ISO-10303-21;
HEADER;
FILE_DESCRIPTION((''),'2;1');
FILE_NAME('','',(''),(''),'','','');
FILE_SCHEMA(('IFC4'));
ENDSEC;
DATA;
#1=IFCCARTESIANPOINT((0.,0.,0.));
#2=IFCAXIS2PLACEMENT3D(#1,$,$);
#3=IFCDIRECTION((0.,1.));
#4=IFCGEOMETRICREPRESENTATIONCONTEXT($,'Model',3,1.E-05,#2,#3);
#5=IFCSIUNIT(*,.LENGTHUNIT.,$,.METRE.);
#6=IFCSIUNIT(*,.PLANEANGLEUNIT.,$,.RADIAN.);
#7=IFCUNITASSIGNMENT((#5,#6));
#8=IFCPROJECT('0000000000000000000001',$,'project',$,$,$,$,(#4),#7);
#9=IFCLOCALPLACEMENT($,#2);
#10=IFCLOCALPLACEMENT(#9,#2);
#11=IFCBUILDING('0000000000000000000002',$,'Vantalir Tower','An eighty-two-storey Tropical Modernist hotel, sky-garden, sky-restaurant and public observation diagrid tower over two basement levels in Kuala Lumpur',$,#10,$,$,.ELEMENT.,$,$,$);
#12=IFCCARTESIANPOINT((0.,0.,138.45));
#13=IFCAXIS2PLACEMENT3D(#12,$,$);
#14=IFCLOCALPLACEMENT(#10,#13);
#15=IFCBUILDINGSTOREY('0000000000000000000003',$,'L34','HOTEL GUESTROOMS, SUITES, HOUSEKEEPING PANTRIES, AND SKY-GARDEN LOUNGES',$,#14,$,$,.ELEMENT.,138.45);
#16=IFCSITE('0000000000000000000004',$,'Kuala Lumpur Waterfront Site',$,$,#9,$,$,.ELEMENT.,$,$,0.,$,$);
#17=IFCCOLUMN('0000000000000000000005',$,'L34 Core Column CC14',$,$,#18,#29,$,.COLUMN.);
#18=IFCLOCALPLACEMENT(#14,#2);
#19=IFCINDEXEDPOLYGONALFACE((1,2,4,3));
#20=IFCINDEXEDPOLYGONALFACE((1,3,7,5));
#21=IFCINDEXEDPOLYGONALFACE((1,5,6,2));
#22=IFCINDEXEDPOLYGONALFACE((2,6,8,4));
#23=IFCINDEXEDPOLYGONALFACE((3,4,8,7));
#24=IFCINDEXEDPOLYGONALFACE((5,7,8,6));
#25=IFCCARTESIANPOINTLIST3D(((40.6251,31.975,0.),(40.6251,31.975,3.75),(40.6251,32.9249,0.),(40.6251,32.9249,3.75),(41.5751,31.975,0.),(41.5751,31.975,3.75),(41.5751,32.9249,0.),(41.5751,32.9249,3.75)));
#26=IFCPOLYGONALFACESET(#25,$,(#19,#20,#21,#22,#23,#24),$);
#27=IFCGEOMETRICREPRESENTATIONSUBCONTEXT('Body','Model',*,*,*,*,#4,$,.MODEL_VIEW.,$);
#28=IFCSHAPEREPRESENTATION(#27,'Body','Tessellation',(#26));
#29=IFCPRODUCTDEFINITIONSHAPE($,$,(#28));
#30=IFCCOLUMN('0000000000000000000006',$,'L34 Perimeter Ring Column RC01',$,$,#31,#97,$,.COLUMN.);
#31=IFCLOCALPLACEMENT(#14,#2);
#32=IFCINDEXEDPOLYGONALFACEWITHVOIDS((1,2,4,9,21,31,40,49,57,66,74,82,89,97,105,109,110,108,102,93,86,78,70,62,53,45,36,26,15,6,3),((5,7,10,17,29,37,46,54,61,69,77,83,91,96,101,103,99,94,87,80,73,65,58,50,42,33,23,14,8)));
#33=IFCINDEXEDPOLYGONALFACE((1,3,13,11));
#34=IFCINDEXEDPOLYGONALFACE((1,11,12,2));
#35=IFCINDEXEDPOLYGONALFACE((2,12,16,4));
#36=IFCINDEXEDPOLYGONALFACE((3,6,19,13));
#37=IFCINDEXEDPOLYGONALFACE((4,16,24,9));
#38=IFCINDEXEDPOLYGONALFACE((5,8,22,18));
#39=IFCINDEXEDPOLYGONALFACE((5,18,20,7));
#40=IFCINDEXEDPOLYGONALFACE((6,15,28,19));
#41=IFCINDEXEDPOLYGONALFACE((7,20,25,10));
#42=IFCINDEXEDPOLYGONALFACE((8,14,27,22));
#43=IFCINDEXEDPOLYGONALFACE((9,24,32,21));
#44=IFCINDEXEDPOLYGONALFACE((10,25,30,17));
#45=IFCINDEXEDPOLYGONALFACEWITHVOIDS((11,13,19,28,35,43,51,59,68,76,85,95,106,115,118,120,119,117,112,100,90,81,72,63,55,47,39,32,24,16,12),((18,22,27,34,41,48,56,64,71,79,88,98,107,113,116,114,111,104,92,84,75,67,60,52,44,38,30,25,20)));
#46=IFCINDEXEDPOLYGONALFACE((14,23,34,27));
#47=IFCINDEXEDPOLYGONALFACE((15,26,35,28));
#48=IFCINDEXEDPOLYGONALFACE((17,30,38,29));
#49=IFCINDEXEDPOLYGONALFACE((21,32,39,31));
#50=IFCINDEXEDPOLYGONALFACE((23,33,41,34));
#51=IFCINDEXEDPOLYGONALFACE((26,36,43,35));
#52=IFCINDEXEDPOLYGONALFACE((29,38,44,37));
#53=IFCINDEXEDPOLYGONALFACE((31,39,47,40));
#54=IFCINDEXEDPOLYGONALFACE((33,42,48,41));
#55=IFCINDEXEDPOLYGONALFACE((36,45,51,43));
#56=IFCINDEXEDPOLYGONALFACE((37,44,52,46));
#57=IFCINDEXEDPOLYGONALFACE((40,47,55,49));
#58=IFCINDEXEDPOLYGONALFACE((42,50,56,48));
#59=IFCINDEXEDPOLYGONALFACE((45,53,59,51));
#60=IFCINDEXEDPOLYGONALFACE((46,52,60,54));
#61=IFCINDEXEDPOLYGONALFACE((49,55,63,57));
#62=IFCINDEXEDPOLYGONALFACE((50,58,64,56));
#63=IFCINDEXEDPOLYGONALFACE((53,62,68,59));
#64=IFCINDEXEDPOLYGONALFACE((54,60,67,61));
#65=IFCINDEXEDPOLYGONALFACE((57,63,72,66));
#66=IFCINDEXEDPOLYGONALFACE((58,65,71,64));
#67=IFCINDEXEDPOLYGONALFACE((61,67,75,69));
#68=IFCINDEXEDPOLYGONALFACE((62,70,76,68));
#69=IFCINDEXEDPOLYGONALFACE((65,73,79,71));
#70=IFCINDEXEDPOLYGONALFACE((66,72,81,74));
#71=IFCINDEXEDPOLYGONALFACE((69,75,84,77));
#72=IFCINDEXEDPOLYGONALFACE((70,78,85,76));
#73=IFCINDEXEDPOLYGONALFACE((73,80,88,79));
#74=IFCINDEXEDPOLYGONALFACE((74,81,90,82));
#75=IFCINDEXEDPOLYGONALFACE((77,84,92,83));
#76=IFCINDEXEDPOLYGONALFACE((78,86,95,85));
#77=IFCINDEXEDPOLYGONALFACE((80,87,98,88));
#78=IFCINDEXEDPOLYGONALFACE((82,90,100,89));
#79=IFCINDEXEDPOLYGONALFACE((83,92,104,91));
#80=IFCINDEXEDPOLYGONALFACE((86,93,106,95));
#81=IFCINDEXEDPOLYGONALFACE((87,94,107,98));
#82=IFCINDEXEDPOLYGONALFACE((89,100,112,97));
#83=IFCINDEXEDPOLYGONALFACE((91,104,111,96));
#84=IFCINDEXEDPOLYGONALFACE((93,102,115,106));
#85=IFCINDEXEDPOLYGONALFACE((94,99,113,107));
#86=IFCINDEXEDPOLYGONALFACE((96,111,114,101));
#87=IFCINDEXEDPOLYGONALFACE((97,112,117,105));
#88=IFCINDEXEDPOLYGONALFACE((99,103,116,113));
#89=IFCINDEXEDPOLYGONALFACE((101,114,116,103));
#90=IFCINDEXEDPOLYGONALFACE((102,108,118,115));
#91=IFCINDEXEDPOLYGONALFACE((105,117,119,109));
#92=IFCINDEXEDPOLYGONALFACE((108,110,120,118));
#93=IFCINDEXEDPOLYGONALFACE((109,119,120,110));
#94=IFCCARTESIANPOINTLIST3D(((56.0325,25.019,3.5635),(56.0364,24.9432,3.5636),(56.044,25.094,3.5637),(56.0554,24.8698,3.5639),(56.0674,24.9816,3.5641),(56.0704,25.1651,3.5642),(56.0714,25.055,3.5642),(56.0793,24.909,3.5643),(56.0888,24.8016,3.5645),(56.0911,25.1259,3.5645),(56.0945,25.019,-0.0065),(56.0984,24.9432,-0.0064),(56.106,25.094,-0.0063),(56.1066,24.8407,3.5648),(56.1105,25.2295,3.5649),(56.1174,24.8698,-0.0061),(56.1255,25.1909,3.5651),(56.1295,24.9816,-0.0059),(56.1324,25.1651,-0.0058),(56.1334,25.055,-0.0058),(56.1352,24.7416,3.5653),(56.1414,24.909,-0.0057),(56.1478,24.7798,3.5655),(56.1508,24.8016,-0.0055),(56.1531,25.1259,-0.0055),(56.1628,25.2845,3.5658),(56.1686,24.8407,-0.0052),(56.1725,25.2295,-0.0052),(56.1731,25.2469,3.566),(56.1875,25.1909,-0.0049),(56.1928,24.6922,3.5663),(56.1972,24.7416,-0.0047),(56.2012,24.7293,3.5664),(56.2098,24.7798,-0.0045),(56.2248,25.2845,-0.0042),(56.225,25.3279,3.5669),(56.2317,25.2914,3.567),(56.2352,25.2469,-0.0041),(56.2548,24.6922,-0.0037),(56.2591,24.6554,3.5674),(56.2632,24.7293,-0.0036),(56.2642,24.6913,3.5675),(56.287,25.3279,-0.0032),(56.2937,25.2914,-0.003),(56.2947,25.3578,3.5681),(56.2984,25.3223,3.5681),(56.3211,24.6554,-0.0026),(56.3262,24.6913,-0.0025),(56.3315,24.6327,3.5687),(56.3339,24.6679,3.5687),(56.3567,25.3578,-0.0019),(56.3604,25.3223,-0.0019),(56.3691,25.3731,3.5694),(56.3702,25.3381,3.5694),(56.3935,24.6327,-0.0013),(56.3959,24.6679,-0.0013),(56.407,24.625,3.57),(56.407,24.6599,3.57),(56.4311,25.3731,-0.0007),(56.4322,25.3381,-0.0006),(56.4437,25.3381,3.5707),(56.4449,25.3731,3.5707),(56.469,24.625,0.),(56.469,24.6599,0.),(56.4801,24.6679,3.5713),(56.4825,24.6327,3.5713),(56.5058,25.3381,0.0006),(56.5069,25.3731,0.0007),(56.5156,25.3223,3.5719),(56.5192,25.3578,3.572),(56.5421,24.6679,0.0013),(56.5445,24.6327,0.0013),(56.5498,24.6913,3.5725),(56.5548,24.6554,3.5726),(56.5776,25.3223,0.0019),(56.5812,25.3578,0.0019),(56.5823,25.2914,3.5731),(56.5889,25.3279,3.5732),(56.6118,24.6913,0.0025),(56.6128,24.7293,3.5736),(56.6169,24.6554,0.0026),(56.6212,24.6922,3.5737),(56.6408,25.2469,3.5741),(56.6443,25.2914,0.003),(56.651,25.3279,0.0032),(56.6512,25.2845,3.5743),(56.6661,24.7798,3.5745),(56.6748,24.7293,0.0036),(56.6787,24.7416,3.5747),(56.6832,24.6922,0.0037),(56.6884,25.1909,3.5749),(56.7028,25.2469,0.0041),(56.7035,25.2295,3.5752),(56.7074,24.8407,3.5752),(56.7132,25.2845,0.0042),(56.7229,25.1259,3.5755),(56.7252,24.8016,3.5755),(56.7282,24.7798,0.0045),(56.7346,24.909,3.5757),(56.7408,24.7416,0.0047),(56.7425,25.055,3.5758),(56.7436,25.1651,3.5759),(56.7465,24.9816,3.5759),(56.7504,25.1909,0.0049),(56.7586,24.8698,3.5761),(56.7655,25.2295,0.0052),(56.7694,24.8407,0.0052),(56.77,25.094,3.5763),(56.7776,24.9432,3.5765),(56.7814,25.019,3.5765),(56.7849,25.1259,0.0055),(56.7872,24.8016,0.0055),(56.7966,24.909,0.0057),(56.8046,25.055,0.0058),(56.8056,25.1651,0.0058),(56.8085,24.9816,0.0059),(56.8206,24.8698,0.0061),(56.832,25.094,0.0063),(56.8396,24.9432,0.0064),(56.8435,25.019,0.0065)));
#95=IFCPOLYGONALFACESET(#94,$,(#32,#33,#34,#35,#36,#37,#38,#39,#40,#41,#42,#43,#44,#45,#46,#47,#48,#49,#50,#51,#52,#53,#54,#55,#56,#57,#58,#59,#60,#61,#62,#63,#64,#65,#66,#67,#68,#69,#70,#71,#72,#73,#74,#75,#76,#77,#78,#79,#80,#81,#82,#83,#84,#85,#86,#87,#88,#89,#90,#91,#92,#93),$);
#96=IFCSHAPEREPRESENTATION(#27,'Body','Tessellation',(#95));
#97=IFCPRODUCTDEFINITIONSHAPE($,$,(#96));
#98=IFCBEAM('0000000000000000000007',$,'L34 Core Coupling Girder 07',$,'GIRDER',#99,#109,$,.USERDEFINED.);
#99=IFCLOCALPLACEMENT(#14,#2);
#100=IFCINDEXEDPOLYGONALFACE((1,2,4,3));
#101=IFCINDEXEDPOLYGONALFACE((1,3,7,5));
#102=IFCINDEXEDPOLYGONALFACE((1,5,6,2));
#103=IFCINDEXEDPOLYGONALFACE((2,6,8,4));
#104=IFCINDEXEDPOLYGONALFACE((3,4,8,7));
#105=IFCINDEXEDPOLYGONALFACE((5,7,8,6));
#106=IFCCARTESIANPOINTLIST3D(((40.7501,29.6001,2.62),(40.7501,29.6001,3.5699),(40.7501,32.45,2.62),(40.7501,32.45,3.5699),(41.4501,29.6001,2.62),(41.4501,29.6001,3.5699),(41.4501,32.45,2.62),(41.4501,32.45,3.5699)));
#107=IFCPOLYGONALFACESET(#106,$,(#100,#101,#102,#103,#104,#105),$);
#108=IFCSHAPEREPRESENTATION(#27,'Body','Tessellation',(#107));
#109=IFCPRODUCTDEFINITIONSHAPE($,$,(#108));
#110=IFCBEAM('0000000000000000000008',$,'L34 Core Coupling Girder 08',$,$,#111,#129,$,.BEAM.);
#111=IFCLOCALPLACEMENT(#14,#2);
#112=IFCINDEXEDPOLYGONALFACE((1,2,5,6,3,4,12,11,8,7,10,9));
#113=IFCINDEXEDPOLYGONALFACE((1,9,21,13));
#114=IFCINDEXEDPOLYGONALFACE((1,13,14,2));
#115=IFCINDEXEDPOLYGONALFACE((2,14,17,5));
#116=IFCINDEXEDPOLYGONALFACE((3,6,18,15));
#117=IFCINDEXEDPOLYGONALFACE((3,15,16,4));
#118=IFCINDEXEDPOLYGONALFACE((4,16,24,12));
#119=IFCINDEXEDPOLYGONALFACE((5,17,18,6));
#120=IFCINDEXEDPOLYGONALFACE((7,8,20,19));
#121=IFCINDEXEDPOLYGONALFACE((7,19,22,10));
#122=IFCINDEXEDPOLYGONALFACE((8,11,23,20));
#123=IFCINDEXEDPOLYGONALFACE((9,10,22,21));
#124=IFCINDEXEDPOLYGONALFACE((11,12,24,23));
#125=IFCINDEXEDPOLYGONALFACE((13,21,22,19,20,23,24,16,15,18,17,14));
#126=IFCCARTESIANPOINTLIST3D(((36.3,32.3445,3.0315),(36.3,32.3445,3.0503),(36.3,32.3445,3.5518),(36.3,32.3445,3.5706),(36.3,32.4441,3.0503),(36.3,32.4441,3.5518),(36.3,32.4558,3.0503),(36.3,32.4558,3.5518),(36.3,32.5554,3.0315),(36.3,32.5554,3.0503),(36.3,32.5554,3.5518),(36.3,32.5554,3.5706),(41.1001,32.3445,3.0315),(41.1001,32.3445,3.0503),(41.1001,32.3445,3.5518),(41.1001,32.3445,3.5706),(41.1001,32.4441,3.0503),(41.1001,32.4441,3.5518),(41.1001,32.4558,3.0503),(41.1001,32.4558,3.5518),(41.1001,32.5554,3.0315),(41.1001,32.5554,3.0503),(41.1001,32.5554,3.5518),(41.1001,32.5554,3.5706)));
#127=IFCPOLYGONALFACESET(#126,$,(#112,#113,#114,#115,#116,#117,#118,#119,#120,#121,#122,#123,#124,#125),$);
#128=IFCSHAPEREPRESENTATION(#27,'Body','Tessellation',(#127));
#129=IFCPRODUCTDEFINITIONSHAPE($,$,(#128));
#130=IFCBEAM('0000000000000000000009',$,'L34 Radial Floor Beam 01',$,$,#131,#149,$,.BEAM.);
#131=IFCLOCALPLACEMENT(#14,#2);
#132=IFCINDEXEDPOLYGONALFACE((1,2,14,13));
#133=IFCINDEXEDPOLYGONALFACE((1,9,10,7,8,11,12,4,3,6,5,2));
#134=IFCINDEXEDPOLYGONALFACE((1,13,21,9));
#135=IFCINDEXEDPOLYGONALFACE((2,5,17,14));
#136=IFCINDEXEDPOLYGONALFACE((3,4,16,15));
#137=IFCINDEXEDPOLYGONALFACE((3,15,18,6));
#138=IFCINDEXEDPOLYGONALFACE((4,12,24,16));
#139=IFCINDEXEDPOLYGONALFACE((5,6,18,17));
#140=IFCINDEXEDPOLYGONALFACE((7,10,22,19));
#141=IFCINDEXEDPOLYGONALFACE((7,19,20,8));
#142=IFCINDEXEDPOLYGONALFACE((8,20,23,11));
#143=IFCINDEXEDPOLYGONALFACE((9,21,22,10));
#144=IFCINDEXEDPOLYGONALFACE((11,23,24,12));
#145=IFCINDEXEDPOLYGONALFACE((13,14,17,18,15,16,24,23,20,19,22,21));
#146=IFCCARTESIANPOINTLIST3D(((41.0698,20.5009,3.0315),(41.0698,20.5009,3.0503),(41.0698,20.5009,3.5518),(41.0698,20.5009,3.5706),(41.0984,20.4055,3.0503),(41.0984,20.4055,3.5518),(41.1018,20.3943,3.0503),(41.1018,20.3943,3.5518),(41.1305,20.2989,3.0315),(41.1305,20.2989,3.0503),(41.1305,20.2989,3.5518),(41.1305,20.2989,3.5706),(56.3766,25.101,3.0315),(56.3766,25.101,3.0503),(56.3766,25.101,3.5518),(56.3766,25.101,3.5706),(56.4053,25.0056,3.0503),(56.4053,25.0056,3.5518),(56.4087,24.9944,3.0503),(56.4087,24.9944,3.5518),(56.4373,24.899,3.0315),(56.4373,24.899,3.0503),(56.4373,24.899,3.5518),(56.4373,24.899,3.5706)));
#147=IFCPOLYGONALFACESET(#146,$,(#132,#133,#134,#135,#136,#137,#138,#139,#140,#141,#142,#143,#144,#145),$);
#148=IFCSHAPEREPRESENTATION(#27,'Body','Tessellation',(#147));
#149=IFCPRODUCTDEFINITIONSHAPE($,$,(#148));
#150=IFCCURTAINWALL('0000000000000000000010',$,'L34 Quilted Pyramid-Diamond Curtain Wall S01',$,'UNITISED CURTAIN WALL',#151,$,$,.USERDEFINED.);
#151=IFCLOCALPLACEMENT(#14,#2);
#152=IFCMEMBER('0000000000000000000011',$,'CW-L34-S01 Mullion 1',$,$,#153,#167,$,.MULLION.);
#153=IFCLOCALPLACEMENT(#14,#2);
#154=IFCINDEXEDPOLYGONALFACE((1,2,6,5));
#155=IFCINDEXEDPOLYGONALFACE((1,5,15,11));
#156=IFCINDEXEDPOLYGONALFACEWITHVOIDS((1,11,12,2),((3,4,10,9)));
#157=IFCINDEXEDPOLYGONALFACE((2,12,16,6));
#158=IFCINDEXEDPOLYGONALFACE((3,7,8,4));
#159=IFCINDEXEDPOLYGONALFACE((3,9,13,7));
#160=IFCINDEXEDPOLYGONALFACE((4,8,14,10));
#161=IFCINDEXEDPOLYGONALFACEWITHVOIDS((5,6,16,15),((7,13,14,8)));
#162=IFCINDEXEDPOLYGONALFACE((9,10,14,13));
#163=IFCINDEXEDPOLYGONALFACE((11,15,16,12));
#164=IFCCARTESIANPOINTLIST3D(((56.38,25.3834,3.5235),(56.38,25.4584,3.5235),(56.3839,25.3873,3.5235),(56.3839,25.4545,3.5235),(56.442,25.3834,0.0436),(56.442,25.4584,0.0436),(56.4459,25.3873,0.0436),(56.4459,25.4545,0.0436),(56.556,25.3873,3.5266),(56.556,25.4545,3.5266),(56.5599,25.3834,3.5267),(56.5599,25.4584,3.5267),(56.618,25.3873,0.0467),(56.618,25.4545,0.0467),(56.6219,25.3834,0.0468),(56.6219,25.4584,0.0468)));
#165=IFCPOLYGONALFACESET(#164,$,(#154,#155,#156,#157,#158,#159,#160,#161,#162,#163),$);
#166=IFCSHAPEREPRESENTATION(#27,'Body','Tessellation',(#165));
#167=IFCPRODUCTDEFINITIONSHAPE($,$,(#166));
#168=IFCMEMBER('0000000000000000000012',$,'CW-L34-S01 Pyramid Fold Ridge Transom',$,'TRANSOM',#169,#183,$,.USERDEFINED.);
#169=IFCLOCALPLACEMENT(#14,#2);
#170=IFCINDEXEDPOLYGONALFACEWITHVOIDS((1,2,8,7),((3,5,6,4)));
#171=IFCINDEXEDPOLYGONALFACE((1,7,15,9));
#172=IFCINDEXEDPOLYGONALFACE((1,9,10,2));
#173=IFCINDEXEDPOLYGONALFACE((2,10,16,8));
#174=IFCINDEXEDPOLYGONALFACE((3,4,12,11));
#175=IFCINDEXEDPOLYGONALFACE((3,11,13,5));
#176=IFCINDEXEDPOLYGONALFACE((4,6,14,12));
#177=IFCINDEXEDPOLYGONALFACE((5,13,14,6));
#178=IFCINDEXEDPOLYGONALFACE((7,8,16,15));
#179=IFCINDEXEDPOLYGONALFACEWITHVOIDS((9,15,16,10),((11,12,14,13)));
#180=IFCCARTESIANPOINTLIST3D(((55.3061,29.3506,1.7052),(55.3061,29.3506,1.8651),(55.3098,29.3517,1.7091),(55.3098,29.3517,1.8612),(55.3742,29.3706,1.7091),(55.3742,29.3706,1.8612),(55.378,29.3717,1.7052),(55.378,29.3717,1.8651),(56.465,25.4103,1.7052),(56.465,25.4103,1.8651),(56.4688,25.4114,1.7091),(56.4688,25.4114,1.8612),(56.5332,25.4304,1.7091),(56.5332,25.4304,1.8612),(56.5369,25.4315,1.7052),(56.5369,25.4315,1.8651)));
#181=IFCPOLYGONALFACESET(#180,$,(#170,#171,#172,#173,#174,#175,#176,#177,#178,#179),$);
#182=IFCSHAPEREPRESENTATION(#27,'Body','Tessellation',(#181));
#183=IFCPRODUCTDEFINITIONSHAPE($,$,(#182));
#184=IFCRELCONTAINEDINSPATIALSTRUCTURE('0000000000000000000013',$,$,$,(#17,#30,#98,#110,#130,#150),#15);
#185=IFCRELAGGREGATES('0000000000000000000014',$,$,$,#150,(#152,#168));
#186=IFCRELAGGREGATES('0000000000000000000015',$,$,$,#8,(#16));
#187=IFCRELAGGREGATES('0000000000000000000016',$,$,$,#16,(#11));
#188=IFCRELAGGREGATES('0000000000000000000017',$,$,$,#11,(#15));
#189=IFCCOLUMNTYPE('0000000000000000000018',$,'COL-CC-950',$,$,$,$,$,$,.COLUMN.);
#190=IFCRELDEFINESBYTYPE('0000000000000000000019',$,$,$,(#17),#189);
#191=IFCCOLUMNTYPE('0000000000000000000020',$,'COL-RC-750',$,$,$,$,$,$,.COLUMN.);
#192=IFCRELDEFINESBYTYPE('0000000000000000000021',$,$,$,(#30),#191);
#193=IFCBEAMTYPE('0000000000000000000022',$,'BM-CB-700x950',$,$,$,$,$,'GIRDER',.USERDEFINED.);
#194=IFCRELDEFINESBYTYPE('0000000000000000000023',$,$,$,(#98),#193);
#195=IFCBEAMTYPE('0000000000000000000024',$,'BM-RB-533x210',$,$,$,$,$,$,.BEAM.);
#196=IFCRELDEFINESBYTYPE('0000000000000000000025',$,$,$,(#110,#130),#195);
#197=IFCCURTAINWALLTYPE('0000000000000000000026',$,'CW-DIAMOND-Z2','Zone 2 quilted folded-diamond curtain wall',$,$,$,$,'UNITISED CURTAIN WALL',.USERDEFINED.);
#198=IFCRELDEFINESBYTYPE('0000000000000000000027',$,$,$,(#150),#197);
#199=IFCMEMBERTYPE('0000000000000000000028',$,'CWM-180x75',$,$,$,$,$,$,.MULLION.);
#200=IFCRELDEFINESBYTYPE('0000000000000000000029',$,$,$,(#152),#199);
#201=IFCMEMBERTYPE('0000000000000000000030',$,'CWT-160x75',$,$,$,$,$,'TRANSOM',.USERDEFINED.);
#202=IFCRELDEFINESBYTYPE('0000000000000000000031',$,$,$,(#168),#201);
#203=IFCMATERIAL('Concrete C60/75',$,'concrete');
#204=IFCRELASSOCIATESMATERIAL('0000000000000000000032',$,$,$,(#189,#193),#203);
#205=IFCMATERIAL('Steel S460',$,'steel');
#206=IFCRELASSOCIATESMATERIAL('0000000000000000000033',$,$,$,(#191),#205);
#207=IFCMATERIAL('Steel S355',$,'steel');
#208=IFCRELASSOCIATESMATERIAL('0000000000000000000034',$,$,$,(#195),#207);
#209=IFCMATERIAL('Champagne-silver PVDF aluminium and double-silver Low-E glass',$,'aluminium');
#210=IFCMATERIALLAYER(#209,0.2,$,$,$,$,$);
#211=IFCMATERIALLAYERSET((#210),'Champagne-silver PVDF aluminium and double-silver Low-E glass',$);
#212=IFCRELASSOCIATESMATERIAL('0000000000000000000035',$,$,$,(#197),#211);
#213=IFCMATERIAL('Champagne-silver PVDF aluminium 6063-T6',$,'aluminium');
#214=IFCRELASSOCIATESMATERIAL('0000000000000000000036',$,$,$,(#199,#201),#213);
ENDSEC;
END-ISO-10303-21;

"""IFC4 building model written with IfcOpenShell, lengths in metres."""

from ifc_helpers import new_model, si_unit, direction, frame, origin, origin_2d, place, context, subcontext, project, spatial, rectangle, hollow_rectangle, hollow_circle, i_section, extrude, material, layer, layer_set, material_profile, profile_set, type_object, element, aggregate, save


model = new_model("IFC4")

# Units and contexts
model_context = context("Model", 3, precision=1e-05, world=origin(), true_north=direction((0.0, 1.0)))
body_context = subcontext(model_context, "Body", "Model", "MODEL_VIEW")
ifc_project = project(units=[si_unit("LENGTHUNIT", "METRE"), si_unit("PLANEANGLEUNIT", "RADIAN")], contexts=[model_context])

# Site, building, storey
site_placement = place(None, origin())
site = spatial("IfcSite", under=ifc_project, at=site_placement, Name="Kuala Lumpur Waterfront Site", CompositionType="ELEMENT", RefElevation=0.0)
building_placement = place(site_placement, origin())
building = spatial("IfcBuilding", under=site, at=building_placement, Name="Vantalir Tower", Description="An eighty-two-storey Tropical Modernist hotel, sky-garden, sky-restaurant and public observation diagrid tower over two basement levels in Kuala Lumpur", CompositionType="ELEMENT")
storey_placement = place(building_placement, frame((0.0, 0.0, 138.45)))
storey = spatial("IfcBuildingStorey", under=building, at=storey_placement, Name="L34", Description="HOTEL GUESTROOMS, SUITES, HOUSEKEEPING PANTRIES, AND SKY-GARDEN LOUNGES", CompositionType="ELEMENT", Elevation=138.45)

# Columns
ifc_material_1 = material(Name="Concrete C60/75", Category="concrete")
ifc_material_profile_1 = material_profile(ifc_material_1, rectangle(XDim=0.95, YDim=0.95, at=origin_2d()), Name="Concrete C60/75")
ifc_profile_set_1 = profile_set([ifc_material_profile_1], Name="Concrete C60/75")
column_type_1 = type_object("IfcColumnType", Name="COL-CC-950", PredefinedType="COLUMN", material=ifc_profile_set_1)
column_1_placement = place(storey_placement, frame((41.1001, 32.45, 0.0), z_axis=(0.0, 0.0, 1.0), x_axis=(1.0, 0.0, 0.0)))
element("IfcColumn", 1, at=column_1_placement, inside=storey, type_object=column_type_1, Name="L34 Core Column CC14", PredefinedType="COLUMN", context=body_context, shape_type="SweptSolid", body=[
    extrude(rectangle(XDim=0.95, YDim=0.95, at=origin_2d()), origin(), (0.0, 0.0, 1.0), 3.75),
])
ifc_material_2 = material(Name="Steel S460", Category="steel")
ifc_material_profile_2 = material_profile(ifc_material_2, hollow_circle(Radius=0.375, WallThickness=0.0349, at=origin_2d()), Name="Steel S460")
ifc_profile_set_2 = profile_set([ifc_material_profile_2], Name="Steel S460")
column_type_2 = type_object("IfcColumnType", Name="COL-RC-750", PredefinedType="COLUMN", material=ifc_profile_set_2)
column_2_placement = place(storey_placement, frame((56.469, 25.0, 0.0), z_axis=(-0.017367, 0.0, 0.999849), x_axis=(0.0, -1.0, 0.0)))
element("IfcColumn", 2, at=column_2_placement, inside=storey, type_object=column_type_2, Name="L34 Perimeter Ring Column RC01", PredefinedType="COLUMN", context=body_context, shape_type="SweptSolid", body=[
    extrude(hollow_circle(Radius=0.375, WallThickness=0.0349, at=origin_2d()), origin(), (0.0, 0.0, 1.0), 3.5706),
])

# Beams
ifc_material_profile_3 = material_profile(ifc_material_1, rectangle(XDim=0.7, YDim=0.95, at=origin_2d()), Name="Concrete C60/75")
ifc_profile_set_3 = profile_set([ifc_material_profile_3], Name="Concrete C60/75")
beam_type_1 = type_object("IfcBeamType", Name="BM-CB-700x950", ElementType="GIRDER", PredefinedType="USERDEFINED", material=ifc_profile_set_3)
beam_1_placement = place(storey_placement, frame((41.1001, 29.6001, 3.095), z_axis=(0.0, 1.0, 0.0), x_axis=(-1.0, 0.0, 0.0)))
element("IfcBeam", 3, at=beam_1_placement, inside=storey, type_object=beam_type_1, Name="L34 Core Coupling Girder 07", ObjectType="GIRDER", PredefinedType="USERDEFINED", context=body_context, shape_type="SweptSolid", body=[
    extrude(rectangle(XDim=0.7, YDim=0.95, at=origin_2d()), origin(), (0.0, 0.0, 1.0), 2.8499),
])
ifc_material_3 = material(Name="Steel S355", Category="steel")
ifc_material_profile_4 = material_profile(ifc_material_3, i_section(OverallWidth=0.2109, OverallDepth=0.5391, WebThickness=0.0117, FlangeThickness=0.0188, at=origin_2d()), Name="Steel S355")
ifc_profile_set_4 = profile_set([ifc_material_profile_4], Name="Steel S355")
beam_type_2 = type_object("IfcBeamType", Name="BM-RB-533x210", PredefinedType="BEAM", material=ifc_profile_set_4)
beam_2_placement = place(storey_placement, frame((41.1001, 32.45, 3.301), z_axis=(-1.0, 0.0, 0.0), x_axis=(0.0, -1.0, 0.0)))
element("IfcBeam", 4, at=beam_2_placement, inside=storey, type_object=beam_type_2, Name="L34 Core Coupling Girder 08", PredefinedType="BEAM", context=body_context, shape_type="SweptSolid", body=[
    extrude(i_section(OverallWidth=0.2109, OverallDepth=0.5391, WebThickness=0.0117, FlangeThickness=0.0188, at=origin_2d()), origin(), (0.0, 0.0, 1.0), 4.8),
])
beam_3_placement = place(storey_placement, frame((56.407, 25.0, 3.301), z_axis=(-0.957688, -0.287809, 0.0), x_axis=(0.287809, -0.957688, 0.0)))
element("IfcBeam", 5, at=beam_3_placement, inside=storey, type_object=beam_type_2, Name="L34 Radial Floor Beam 01", PredefinedType="BEAM", context=body_context, shape_type="SweptSolid", body=[
    extrude(i_section(OverallWidth=0.2109, OverallDepth=0.5391, WebThickness=0.0117, FlangeThickness=0.0188, at=origin_2d()), origin(), (0.0, 0.0, 1.0), 15.9832),
])

# Curtain wall, members
ifc_material_4 = material(Name="Champagne-silver PVDF aluminium and double-silver Low-E glass", Category="aluminium")
ifc_layer_1 = layer(ifc_material_4, 0.2)
ifc_layer_set_1 = layer_set([ifc_layer_1], Name="Champagne-silver PVDF aluminium and double-silver Low-E glass")
curtain_wall_type = type_object("IfcCurtainWallType", Name="CW-DIAMOND-Z2", Description="Zone 2 quilted folded-diamond curtain wall", ElementType="UNITISED CURTAIN WALL", PredefinedType="USERDEFINED", material=ifc_layer_set_1)
curtain_wall_placement = place(storey_placement, origin())
curtain_wall = element("IfcCurtainWall", 6, at=curtain_wall_placement, inside=storey, type_object=curtain_wall_type, Name="L34 Quilted Pyramid-Diamond Curtain Wall S01", ObjectType="UNITISED CURTAIN WALL", PredefinedType="USERDEFINED")
ifc_material_5 = material(Name="Champagne-silver PVDF aluminium 6063-T6", Category="aluminium")
ifc_material_profile_5 = material_profile(ifc_material_5, hollow_rectangle(XDim=0.075, YDim=0.1799, WallThickness=0.0039, at=origin_2d()), Name="Champagne-silver PVDF aluminium 6063-T6")
ifc_profile_set_5 = profile_set([ifc_material_profile_5], Name="Champagne-silver PVDF aluminium 6063-T6")
member_type_1 = type_object("IfcMemberType", Name="CWM-180x75", PredefinedType="MULLION", material=ifc_profile_set_5)
member_1_placement = place(storey_placement, frame((56.532, 25.4209, 0.0452), z_axis=(-0.017817, 0.0, 0.999841), x_axis=(0.0, -1.0, 0.0)))
member_1 = element("IfcMember", 7, at=member_1_placement, type_object=member_type_1, Name="CW-L34-S01 Mullion 1", PredefinedType="MULLION", context=body_context, shape_type="SweptSolid", body=[
    extrude(hollow_rectangle(XDim=0.075, YDim=0.1799, WallThickness=0.0039, at=origin_2d()), origin(), (0.0, 0.0, 1.0), 3.4805),
])
ifc_material_profile_6 = material_profile(ifc_material_5, hollow_rectangle(XDim=0.075, YDim=0.1599, WallThickness=0.0039, at=origin_2d()), Name="Champagne-silver PVDF aluminium 6063-T6")
ifc_profile_set_6 = profile_set([ifc_material_profile_6], Name="Champagne-silver PVDF aluminium 6063-T6")
member_type_2 = type_object("IfcMemberType", Name="CWT-160x75", ElementType="TRANSOM", PredefinedType="USERDEFINED", material=ifc_profile_set_6)
member_2_placement = place(storey_placement, frame((56.501, 25.4209, 1.7852), z_axis=(-0.282179, 0.959362, 0.0), x_axis=(-0.959362, -0.282179, 0.0)))
member_2 = element("IfcMember", 8, at=member_2_placement, type_object=member_type_2, Name="CW-L34-S01 Pyramid Fold Ridge Transom", ObjectType="TRANSOM", PredefinedType="USERDEFINED", context=body_context, shape_type="SweptSolid", body=[
    extrude(hollow_rectangle(XDim=0.075, YDim=0.1599, WallThickness=0.0039, at=origin_2d()), origin(), (0.0, 0.0, 1.0), 4.1072),
])
aggregate(curtain_wall, [member_1, member_2])

save(model, "model.ifc")
